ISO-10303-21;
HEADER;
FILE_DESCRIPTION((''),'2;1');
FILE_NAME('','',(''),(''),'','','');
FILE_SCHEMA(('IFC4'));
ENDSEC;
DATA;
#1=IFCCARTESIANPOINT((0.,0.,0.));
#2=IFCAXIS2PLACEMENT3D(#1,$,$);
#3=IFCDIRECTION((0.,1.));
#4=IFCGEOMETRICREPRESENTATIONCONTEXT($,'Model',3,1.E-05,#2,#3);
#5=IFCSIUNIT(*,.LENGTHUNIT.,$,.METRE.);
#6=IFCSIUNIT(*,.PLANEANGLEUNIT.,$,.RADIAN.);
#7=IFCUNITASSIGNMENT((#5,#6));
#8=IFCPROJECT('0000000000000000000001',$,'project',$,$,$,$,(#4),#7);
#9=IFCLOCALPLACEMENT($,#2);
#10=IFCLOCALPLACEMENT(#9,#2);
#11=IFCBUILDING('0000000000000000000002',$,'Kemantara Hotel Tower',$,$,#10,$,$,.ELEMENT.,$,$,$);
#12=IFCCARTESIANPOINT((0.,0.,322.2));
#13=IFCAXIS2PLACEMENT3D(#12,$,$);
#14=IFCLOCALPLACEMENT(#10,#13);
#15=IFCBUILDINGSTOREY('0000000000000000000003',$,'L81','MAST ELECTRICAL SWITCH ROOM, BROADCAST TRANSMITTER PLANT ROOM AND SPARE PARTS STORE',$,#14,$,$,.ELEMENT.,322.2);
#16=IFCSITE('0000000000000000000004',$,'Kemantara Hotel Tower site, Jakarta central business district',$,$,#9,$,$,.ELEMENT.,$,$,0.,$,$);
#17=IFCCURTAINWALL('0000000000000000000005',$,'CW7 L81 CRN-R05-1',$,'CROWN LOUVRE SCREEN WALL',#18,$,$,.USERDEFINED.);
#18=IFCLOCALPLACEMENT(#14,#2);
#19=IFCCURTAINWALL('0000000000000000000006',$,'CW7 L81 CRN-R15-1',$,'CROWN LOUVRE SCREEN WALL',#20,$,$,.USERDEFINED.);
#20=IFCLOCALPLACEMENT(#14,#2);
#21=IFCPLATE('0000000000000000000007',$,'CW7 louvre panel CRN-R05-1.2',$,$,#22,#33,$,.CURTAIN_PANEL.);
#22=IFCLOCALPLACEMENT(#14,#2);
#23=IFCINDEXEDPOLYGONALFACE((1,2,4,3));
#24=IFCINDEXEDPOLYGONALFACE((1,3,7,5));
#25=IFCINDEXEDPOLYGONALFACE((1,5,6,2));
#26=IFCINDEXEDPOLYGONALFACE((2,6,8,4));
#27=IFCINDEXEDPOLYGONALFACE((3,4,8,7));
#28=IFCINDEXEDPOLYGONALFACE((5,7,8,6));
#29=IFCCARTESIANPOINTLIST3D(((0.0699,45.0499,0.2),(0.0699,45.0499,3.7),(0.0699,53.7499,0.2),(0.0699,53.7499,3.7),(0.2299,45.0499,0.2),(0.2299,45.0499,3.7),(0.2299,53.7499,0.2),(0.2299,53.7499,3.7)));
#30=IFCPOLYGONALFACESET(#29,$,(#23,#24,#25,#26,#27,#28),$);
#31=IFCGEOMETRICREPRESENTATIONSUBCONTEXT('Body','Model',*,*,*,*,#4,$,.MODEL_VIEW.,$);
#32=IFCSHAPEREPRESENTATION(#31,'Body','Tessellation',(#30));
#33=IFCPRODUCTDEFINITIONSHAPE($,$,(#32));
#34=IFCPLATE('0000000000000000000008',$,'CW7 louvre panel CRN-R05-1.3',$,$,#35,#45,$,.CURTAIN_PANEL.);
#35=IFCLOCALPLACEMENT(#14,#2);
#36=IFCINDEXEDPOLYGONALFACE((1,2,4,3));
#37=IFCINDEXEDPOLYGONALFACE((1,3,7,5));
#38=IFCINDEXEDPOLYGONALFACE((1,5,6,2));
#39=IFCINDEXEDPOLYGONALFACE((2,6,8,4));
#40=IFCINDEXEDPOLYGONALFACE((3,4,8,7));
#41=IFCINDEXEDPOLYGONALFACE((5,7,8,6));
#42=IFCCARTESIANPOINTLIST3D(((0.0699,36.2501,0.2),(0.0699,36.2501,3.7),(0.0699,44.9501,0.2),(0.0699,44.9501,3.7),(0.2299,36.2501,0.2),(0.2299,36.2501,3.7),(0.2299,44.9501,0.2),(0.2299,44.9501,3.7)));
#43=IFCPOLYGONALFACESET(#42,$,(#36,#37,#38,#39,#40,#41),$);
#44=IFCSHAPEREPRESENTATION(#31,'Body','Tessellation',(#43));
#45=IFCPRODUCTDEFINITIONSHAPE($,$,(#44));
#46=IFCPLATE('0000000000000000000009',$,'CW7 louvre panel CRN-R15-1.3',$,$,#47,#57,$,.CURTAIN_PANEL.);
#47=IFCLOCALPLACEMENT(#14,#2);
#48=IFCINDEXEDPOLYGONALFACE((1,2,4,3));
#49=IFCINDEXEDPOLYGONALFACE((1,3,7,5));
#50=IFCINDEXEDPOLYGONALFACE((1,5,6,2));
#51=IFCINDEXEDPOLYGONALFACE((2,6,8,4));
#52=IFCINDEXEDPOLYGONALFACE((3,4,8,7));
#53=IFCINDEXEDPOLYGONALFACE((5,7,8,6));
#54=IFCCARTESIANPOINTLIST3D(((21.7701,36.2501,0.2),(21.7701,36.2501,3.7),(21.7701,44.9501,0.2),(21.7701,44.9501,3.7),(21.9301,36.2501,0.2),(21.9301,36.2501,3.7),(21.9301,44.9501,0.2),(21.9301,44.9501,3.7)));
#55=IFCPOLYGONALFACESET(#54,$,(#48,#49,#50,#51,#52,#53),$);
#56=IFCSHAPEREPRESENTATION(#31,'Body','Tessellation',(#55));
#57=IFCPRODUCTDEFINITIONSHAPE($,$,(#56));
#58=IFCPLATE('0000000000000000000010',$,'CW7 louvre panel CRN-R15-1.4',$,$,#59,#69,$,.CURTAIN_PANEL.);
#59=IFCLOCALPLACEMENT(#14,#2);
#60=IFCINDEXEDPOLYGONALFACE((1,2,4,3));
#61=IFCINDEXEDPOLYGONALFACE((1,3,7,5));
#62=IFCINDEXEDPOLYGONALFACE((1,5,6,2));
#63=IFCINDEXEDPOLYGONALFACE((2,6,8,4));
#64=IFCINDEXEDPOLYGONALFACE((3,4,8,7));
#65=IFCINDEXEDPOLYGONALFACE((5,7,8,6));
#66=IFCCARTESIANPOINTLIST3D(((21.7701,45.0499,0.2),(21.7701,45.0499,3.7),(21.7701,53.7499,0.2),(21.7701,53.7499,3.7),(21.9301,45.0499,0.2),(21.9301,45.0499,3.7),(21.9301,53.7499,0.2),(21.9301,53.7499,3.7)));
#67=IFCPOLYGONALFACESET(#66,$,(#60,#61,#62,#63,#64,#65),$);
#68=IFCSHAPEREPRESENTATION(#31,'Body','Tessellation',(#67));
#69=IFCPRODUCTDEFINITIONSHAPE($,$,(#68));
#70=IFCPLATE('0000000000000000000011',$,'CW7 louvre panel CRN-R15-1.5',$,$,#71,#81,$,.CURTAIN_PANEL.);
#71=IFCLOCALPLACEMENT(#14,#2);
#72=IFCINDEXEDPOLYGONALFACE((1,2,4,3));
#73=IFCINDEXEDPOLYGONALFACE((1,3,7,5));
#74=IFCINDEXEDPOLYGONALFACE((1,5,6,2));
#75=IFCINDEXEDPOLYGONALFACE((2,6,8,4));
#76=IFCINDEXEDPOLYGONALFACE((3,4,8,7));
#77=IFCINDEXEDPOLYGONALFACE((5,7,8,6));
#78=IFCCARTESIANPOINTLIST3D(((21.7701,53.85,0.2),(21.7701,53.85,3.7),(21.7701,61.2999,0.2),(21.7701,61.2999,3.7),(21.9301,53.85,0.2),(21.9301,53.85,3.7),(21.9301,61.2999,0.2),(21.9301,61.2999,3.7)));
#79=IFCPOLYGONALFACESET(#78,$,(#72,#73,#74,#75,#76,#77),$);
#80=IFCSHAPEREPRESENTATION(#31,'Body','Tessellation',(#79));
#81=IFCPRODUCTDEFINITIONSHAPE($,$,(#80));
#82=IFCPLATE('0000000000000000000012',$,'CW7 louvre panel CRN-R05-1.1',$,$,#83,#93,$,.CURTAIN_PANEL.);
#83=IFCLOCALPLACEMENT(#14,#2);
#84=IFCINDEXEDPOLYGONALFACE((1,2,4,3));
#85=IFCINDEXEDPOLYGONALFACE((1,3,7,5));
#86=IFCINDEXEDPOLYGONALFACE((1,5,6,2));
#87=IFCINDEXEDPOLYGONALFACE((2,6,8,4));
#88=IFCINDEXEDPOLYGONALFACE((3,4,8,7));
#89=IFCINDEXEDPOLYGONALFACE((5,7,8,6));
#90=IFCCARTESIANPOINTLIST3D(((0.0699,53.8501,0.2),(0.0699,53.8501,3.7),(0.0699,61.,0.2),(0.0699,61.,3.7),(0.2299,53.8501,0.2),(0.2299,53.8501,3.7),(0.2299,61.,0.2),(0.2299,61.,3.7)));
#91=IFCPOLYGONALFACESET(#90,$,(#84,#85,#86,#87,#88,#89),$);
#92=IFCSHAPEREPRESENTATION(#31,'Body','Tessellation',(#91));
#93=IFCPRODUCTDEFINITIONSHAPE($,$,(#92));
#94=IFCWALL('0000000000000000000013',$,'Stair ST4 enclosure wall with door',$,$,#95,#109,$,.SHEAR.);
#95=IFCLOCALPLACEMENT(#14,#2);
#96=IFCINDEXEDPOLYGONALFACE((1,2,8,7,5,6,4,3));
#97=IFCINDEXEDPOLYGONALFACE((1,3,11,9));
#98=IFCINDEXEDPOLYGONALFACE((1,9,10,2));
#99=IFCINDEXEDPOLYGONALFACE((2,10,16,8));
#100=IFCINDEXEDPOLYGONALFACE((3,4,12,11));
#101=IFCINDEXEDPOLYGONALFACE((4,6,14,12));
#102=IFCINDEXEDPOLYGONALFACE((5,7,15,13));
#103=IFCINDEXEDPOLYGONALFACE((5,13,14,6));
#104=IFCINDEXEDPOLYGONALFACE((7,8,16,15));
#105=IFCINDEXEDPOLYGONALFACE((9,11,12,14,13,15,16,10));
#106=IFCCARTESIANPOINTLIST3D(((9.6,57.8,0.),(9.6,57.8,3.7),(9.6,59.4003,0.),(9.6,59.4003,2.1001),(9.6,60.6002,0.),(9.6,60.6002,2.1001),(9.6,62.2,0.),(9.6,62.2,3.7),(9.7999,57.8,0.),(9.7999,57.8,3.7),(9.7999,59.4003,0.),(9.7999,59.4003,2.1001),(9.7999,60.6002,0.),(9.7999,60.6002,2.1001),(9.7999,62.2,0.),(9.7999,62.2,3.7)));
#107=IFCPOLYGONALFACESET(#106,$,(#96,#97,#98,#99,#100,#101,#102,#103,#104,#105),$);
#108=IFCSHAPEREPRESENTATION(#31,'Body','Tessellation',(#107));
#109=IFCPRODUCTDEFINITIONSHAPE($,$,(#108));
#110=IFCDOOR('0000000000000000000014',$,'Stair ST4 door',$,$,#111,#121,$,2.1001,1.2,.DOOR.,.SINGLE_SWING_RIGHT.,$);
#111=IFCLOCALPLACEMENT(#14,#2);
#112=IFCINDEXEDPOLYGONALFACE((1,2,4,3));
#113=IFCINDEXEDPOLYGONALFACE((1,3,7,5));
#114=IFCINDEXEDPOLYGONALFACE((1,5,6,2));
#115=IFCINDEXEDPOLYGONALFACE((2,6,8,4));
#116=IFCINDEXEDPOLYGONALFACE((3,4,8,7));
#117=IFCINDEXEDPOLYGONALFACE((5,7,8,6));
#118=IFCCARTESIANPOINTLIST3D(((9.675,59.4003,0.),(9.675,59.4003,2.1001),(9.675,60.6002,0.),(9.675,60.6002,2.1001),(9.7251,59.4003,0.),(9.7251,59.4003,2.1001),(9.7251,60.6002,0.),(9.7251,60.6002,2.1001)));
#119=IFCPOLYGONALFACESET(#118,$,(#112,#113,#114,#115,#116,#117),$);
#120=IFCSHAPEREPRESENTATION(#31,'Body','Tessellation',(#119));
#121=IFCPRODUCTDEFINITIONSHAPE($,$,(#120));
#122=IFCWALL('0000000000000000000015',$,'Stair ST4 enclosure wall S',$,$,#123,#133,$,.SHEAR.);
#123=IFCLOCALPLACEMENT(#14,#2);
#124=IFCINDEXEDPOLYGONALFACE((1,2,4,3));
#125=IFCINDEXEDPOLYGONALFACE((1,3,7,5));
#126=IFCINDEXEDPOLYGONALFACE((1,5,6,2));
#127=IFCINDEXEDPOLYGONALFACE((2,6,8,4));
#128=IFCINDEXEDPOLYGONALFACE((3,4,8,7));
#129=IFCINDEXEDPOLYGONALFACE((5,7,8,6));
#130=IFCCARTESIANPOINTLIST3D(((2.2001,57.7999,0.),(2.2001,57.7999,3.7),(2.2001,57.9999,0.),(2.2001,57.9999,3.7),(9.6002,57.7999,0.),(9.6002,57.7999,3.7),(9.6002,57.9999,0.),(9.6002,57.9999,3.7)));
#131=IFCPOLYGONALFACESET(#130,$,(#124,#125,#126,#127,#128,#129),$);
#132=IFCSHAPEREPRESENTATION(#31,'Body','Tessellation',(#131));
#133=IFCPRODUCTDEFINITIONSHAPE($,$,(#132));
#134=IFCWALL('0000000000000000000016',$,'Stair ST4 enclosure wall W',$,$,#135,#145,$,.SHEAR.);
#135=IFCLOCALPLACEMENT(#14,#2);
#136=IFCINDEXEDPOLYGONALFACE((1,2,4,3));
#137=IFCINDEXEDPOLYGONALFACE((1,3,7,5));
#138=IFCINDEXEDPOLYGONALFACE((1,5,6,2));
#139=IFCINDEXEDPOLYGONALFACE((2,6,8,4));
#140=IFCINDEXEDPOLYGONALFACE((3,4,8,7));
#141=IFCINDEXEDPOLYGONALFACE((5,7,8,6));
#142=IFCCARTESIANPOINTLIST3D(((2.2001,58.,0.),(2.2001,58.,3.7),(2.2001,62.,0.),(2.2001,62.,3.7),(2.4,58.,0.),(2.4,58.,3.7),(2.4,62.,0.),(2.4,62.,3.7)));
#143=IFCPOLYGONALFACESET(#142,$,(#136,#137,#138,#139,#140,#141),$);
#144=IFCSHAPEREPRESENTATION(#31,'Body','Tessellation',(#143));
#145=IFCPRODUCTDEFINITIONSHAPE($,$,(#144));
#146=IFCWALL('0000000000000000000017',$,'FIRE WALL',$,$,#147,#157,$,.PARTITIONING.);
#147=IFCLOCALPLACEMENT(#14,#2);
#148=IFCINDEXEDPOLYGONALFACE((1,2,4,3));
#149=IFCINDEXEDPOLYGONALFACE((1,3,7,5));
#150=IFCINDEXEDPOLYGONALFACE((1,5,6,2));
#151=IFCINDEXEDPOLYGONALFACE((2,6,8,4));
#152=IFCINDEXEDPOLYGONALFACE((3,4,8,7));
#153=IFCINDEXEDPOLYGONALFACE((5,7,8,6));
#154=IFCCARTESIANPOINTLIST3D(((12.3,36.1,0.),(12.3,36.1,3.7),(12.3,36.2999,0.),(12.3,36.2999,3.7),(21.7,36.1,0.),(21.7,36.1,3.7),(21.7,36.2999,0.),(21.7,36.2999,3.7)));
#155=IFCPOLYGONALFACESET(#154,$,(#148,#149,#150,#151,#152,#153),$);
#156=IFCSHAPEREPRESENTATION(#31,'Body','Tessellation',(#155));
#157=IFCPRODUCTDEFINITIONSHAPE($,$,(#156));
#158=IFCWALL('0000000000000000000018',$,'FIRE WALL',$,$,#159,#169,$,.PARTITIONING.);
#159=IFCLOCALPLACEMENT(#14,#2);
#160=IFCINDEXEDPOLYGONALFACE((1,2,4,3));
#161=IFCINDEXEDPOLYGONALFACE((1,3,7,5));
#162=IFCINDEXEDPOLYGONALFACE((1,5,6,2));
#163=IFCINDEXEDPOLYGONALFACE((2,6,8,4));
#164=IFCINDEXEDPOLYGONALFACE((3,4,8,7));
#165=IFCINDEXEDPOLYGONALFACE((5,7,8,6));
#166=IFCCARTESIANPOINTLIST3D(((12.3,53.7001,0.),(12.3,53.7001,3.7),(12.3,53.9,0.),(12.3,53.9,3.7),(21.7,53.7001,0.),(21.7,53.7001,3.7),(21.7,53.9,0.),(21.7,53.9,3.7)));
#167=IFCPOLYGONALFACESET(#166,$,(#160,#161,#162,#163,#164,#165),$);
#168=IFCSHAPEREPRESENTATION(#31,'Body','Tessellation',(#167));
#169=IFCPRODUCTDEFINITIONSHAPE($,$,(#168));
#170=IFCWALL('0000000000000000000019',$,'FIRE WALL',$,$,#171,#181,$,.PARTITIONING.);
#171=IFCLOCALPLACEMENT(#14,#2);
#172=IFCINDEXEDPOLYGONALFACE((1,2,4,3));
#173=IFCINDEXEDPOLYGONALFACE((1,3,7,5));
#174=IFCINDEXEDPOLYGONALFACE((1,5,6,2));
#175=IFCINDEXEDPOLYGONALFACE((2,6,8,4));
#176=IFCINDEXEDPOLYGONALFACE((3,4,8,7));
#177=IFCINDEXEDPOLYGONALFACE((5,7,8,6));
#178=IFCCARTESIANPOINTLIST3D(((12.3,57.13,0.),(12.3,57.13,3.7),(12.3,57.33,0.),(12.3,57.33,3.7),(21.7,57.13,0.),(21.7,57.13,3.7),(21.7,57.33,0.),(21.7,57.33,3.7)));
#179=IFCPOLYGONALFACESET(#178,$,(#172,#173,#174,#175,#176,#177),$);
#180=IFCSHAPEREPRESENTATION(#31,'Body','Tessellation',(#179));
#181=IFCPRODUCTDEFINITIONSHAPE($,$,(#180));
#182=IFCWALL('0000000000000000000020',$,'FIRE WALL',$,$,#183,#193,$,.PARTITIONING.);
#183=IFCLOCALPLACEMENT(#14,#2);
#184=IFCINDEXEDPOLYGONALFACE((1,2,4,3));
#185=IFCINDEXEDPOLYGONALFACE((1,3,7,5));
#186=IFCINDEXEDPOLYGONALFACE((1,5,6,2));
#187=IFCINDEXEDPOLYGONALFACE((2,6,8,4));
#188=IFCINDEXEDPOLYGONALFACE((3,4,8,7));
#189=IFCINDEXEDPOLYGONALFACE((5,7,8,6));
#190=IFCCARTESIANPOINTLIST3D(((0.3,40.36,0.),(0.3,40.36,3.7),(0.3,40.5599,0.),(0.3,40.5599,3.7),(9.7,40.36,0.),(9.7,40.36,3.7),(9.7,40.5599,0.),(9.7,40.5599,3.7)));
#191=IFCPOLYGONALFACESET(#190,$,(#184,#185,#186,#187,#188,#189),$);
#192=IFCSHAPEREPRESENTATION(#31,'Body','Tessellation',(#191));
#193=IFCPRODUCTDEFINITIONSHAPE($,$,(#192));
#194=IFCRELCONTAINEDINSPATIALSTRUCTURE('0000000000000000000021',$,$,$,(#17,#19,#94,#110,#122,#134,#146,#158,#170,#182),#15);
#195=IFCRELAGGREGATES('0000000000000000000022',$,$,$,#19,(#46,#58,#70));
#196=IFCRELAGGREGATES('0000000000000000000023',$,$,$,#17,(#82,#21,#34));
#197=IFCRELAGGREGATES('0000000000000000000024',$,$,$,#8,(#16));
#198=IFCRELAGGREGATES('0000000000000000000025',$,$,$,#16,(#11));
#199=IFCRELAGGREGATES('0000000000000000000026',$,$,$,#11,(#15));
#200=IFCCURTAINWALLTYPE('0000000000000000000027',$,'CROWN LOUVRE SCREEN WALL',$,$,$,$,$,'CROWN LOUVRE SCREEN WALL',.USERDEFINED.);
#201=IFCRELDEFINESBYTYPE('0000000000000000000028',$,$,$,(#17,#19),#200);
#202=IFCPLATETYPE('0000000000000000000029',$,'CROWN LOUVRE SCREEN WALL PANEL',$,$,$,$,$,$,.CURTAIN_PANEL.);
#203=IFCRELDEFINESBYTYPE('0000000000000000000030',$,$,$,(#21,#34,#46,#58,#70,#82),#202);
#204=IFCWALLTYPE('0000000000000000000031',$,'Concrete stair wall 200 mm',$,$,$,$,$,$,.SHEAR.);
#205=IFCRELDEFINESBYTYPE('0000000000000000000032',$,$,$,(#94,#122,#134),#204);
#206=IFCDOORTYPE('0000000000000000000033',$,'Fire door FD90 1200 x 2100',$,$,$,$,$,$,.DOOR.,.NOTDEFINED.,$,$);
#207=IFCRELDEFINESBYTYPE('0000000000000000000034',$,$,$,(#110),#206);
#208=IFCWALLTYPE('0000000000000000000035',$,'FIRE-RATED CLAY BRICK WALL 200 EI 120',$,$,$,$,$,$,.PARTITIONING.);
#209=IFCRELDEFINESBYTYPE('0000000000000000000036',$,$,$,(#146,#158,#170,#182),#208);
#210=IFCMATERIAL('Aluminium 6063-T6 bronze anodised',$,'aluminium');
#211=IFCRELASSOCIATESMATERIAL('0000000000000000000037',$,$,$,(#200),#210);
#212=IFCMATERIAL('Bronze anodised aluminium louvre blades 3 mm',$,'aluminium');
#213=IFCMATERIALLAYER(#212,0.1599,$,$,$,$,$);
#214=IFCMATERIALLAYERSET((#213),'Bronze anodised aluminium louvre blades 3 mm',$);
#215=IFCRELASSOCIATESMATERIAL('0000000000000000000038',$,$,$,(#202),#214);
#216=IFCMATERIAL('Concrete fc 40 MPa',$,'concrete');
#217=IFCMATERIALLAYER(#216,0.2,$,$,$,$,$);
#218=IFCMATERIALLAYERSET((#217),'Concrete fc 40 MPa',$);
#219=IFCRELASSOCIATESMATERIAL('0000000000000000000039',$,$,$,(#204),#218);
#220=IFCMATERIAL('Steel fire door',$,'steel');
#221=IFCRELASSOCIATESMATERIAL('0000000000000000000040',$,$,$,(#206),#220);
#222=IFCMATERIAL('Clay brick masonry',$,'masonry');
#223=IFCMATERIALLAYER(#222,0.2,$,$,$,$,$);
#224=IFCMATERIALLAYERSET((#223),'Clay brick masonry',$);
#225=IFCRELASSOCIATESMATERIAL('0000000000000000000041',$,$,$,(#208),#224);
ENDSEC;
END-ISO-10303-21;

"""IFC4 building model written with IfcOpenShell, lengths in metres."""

from ifc_helpers import new_model, si_unit, direction, frame, frame_2d, origin, origin_2d, place, context, subcontext, project, spatial, rectangle, extrude, source, transform, mapped, material, layer, layer_set, type_object, element, fill, aggregate, save


model = new_model("IFC4")

# Units and contexts
model_context = context("Model", 3, precision=1e-05, world=origin(), true_north=direction((0.0, 1.0)))
body_context = subcontext(model_context, "Body", "Model", "MODEL_VIEW")
ifc_project = project(units=[si_unit("LENGTHUNIT", "METRE"), si_unit("PLANEANGLEUNIT", "RADIAN")], contexts=[model_context])

# Site, building, storey
site_placement = place(None, origin())
site = spatial("IfcSite", under=ifc_project, at=site_placement, Name="Kemantara Hotel Tower site, Jakarta central business district", CompositionType="ELEMENT", RefElevation=0.0)
building_placement = place(site_placement, origin())
building = spatial("IfcBuilding", under=site, at=building_placement, Name="Kemantara Hotel Tower", CompositionType="ELEMENT")
storey_placement = place(building_placement, frame((0.0, 0.0, 322.2)))
storey = spatial("IfcBuildingStorey", under=building, at=storey_placement, Name="L81", Description="MAST ELECTRICAL SWITCH ROOM, BROADCAST TRANSMITTER PLANT ROOM AND SPARE PARTS STORE", CompositionType="ELEMENT", Elevation=322.2)

# Curtain walls
ifc_material_1 = material(Name="Aluminium 6063-T6 bronze anodised", Category="aluminium")
curtain_wall_type = type_object("IfcCurtainWallType", Name="CROWN LOUVRE SCREEN WALL", ElementType="CROWN LOUVRE SCREEN WALL", PredefinedType="USERDEFINED", material=ifc_material_1)
curtain_wall_1_placement = place(storey_placement, origin())
curtain_wall_1 = element("IfcCurtainWall", 1, at=curtain_wall_1_placement, inside=storey, type_object=curtain_wall_type, Name="CW7 L81 CRN-R05-1", ObjectType="CROWN LOUVRE SCREEN WALL", PredefinedType="USERDEFINED")
curtain_wall_2_placement = place(storey_placement, origin())
curtain_wall_2 = element("IfcCurtainWall", 2, at=curtain_wall_2_placement, inside=storey, type_object=curtain_wall_type, Name="CW7 L81 CRN-R15-1", ObjectType="CROWN LOUVRE SCREEN WALL", PredefinedType="USERDEFINED")

# Plates
ifc_material_2 = material(Name="Bronze anodised aluminium louvre blades 3 mm", Category="aluminium")
ifc_layer_1 = layer(ifc_material_2, 0.1599)
ifc_layer_set_1 = layer_set([ifc_layer_1], Name="Bronze anodised aluminium louvre blades 3 mm")
plate_type = type_object("IfcPlateType", Name="CROWN LOUVRE SCREEN WALL PANEL", PredefinedType="CURTAIN_PANEL", material=ifc_layer_set_1)
shared_shape_1 = source(origin(), body_context, "Body", "SweptSolid", [
    extrude(rectangle(XDim=8.7, YDim=0.1599, at=origin_2d()), origin(), (0.0, 0.0, 1.0), 3.5),
])
plate_1_placement = place(storey_placement, frame((0.1499, 49.3999, 0.2), z_axis=(0.0, 0.0, 1.0), x_axis=(0.0, -1.0, 0.0)))
plate_1 = element("IfcPlate", 3, at=plate_1_placement, type_object=plate_type, Name="CW7 louvre panel CRN-R05-1.2", PredefinedType="CURTAIN_PANEL", context=body_context, shape_type="MappedRepresentation", body=[
    mapped(shared_shape_1, transform((0.0, 0.0, 0.0))),
])
plate_2_placement = place(storey_placement, frame((0.1499, 40.6001, 0.2), z_axis=(0.0, 0.0, 1.0), x_axis=(0.0, -1.0, 0.0)))
plate_2 = element("IfcPlate", 4, at=plate_2_placement, type_object=plate_type, Name="CW7 louvre panel CRN-R05-1.3", PredefinedType="CURTAIN_PANEL", context=body_context, shape_type="MappedRepresentation", body=[
    mapped(shared_shape_1, transform((0.0, 0.0, 0.0))),
])
plate_3_placement = place(storey_placement, frame((21.8501, 40.6001, 0.2), z_axis=(0.0, 0.0, 1.0), x_axis=(0.0, 1.0, 0.0)))
plate_3 = element("IfcPlate", 5, at=plate_3_placement, type_object=plate_type, Name="CW7 louvre panel CRN-R15-1.3", PredefinedType="CURTAIN_PANEL", context=body_context, shape_type="MappedRepresentation", body=[
    mapped(shared_shape_1, transform((0.0, 0.0, 0.0))),
])
plate_4_placement = place(storey_placement, frame((21.8501, 49.3999, 0.2), z_axis=(0.0, 0.0, 1.0), x_axis=(0.0, 1.0, 0.0)))
plate_4 = element("IfcPlate", 6, at=plate_4_placement, type_object=plate_type, Name="CW7 louvre panel CRN-R15-1.4", PredefinedType="CURTAIN_PANEL", context=body_context, shape_type="MappedRepresentation", body=[
    mapped(shared_shape_1, transform((0.0, 0.0, 0.0))),
])
shared_shape_2 = source(origin(), body_context, "Body", "SweptSolid", [
    extrude(rectangle(XDim=7.45, YDim=0.1599, at=origin_2d()), origin(), (0.0, 0.0, 1.0), 3.5),
])
plate_5_placement = place(storey_placement, frame((21.8501, 57.575, 0.2), z_axis=(0.0, 0.0, 1.0), x_axis=(0.0, 1.0, 0.0)))
plate_5 = element("IfcPlate", 7, at=plate_5_placement, type_object=plate_type, Name="CW7 louvre panel CRN-R15-1.5", PredefinedType="CURTAIN_PANEL", context=body_context, shape_type="MappedRepresentation", body=[
    mapped(shared_shape_2, transform((0.0, 0.0, 0.0))),
])
aggregate(curtain_wall_2, [plate_3, plate_4, plate_5])
shared_shape_3 = source(origin(), body_context, "Body", "SweptSolid", [
    extrude(rectangle(XDim=7.1499, YDim=0.1599, at=origin_2d()), origin(), (0.0, 0.0, 1.0), 3.5),
])
plate_6_placement = place(storey_placement, frame((0.1499, 57.425, 0.2), z_axis=(0.0, 0.0, 1.0), x_axis=(0.0, -1.0, 0.0)))
plate_6 = element("IfcPlate", 8, at=plate_6_placement, type_object=plate_type, Name="CW7 louvre panel CRN-R05-1.1", PredefinedType="CURTAIN_PANEL", context=body_context, shape_type="MappedRepresentation", body=[
    mapped(shared_shape_3, transform((0.0, 0.0, 0.0))),
])
aggregate(curtain_wall_1, [plate_6, plate_1, plate_2])

# Wall, opening, door
ifc_material_3 = material(Name="Concrete fc 40 MPa", Category="concrete")
ifc_layer_2 = layer(ifc_material_3, 0.2)
ifc_layer_set_2 = layer_set([ifc_layer_2], Name="Concrete fc 40 MPa")
wall_type_1 = type_object("IfcWallType", Name="Concrete stair wall 200 mm", PredefinedType="SHEAR", material=ifc_layer_set_2)
wall_1_placement = place(storey_placement, frame((9.7, 57.8, 0.0), z_axis=(0.0, 0.0, 1.0), x_axis=(0.0, 1.0, 0.0)))
wall_1 = element("IfcWall", 9, at=wall_1_placement, inside=storey, type_object=wall_type_1, Name="Stair ST4 enclosure wall with door", PredefinedType="SHEAR", context=body_context, shape_type="SweptSolid", body=[
    extrude(rectangle(XDim=4.3999, YDim=0.2, at=frame_2d((2.2, 0.0))), origin(), (0.0, 0.0, 1.0), 3.7),
])
opening_placement = place(wall_1_placement, frame((1.6001, 0.0, 0.0)))
opening = element("IfcOpeningElement", 10, at=opening_placement, cuts=wall_1, PredefinedType="OPENING", context=body_context, shape_type="SweptSolid", body=[
    extrude(rectangle(XDim=1.2, YDim=2.1001, at=frame_2d((0.6001, 1.05))), frame((0.0, 0.1099, 0.0), z_axis=(0.0, -1.0, 0.0), x_axis=(1.0, 0.0, 0.0)), (0.0, 0.0, 1.0), 0.22),
])
ifc_material_4 = material(Name="Steel fire door", Category="steel")
door_type = type_object("IfcDoorType", Name="Fire door FD90 1200 x 2100", OperationType="NOTDEFINED", PredefinedType="DOOR", material=ifc_material_4)
door_placement = place(opening_placement, origin())
door = element("IfcDoor", 11, at=door_placement, inside=storey, type_object=door_type, Name="Stair ST4 door", OperationType="SINGLE_SWING_RIGHT", OverallHeight=2.1001, OverallWidth=1.2, PredefinedType="DOOR", context=body_context, shape_type="SweptSolid", body=[
    extrude(rectangle(XDim=1.2, YDim=2.1001, at=frame_2d((0.6001, 1.05))), frame((0.0, 0.0249, 0.0), z_axis=(0.0, -1.0, 0.0), x_axis=(1.0, 0.0, 0.0)), (0.0, 0.0, 1.0), 0.05),
])
fill(opening, door)

# Walls
wall_2_placement = place(storey_placement, frame((2.2, 57.8999, 0.0), z_axis=(0.0, 0.0, 1.0), x_axis=(1.0, 0.0, 0.0)))
element("IfcWall", 12, at=wall_2_placement, inside=storey, type_object=wall_type_1, Name="Stair ST4 enclosure wall S", PredefinedType="SHEAR", context=body_context, shape_type="SweptSolid", body=[
    extrude(rectangle(XDim=7.4001, YDim=0.2, at=frame_2d((3.7002, 0.0))), origin(), (0.0, 0.0, 1.0), 3.7),
])
wall_3_placement = place(storey_placement, frame((2.3, 58.0, 0.0), z_axis=(0.0, 0.0, 1.0), x_axis=(0.0, 1.0, 0.0)))
element("IfcWall", 13, at=wall_3_placement, inside=storey, type_object=wall_type_1, Name="Stair ST4 enclosure wall W", PredefinedType="SHEAR", context=body_context, shape_type="SweptSolid", body=[
    extrude(rectangle(XDim=4.0, YDim=0.2, at=frame_2d((2.0, 0.0))), origin(), (0.0, 0.0, 1.0), 3.7),
])
ifc_material_5 = material(Name="Clay brick masonry", Category="masonry")
ifc_layer_3 = layer(ifc_material_5, 0.2)
ifc_layer_set_3 = layer_set([ifc_layer_3], Name="Clay brick masonry")
wall_type_2 = type_object("IfcWallType", Name="FIRE-RATED CLAY BRICK WALL 200 EI 120", PredefinedType="PARTITIONING", material=ifc_layer_set_3)
for number, where, z_axis, x_axis, name in (
    (14, (12.3, 36.2, 0.0), (0.0, 0.0, 1.0), (1.0, 0.0, 0.0), "FIRE WALL"),
    (15, (12.3, 53.8, 0.0), (0.0, 0.0, 1.0), (1.0, 0.0, 0.0), "FIRE WALL"),
    (16, (12.3, 57.23, 0.0), (0.0, 0.0, 1.0), (1.0, 0.0, 0.0), "FIRE WALL"),
    (17, (0.3, 40.46, 0.0), (0.0, 0.0, 1.0), (1.0, 0.0, 0.0), "FIRE WALL"),
):
    element("IfcWall", number, at=place(storey_placement, frame(where, z_axis=z_axis, x_axis=x_axis)), inside=storey, type_object=wall_type_2, Name=name, PredefinedType="PARTITIONING", context=body_context, shape_type="SweptSolid", body=[
        extrude(rectangle(XDim=9.3999, YDim=0.2, at=frame_2d((4.7, 0.0))), origin(), (0.0, 0.0, 1.0), 3.7),
    ])

save(model, "model.ifc")
